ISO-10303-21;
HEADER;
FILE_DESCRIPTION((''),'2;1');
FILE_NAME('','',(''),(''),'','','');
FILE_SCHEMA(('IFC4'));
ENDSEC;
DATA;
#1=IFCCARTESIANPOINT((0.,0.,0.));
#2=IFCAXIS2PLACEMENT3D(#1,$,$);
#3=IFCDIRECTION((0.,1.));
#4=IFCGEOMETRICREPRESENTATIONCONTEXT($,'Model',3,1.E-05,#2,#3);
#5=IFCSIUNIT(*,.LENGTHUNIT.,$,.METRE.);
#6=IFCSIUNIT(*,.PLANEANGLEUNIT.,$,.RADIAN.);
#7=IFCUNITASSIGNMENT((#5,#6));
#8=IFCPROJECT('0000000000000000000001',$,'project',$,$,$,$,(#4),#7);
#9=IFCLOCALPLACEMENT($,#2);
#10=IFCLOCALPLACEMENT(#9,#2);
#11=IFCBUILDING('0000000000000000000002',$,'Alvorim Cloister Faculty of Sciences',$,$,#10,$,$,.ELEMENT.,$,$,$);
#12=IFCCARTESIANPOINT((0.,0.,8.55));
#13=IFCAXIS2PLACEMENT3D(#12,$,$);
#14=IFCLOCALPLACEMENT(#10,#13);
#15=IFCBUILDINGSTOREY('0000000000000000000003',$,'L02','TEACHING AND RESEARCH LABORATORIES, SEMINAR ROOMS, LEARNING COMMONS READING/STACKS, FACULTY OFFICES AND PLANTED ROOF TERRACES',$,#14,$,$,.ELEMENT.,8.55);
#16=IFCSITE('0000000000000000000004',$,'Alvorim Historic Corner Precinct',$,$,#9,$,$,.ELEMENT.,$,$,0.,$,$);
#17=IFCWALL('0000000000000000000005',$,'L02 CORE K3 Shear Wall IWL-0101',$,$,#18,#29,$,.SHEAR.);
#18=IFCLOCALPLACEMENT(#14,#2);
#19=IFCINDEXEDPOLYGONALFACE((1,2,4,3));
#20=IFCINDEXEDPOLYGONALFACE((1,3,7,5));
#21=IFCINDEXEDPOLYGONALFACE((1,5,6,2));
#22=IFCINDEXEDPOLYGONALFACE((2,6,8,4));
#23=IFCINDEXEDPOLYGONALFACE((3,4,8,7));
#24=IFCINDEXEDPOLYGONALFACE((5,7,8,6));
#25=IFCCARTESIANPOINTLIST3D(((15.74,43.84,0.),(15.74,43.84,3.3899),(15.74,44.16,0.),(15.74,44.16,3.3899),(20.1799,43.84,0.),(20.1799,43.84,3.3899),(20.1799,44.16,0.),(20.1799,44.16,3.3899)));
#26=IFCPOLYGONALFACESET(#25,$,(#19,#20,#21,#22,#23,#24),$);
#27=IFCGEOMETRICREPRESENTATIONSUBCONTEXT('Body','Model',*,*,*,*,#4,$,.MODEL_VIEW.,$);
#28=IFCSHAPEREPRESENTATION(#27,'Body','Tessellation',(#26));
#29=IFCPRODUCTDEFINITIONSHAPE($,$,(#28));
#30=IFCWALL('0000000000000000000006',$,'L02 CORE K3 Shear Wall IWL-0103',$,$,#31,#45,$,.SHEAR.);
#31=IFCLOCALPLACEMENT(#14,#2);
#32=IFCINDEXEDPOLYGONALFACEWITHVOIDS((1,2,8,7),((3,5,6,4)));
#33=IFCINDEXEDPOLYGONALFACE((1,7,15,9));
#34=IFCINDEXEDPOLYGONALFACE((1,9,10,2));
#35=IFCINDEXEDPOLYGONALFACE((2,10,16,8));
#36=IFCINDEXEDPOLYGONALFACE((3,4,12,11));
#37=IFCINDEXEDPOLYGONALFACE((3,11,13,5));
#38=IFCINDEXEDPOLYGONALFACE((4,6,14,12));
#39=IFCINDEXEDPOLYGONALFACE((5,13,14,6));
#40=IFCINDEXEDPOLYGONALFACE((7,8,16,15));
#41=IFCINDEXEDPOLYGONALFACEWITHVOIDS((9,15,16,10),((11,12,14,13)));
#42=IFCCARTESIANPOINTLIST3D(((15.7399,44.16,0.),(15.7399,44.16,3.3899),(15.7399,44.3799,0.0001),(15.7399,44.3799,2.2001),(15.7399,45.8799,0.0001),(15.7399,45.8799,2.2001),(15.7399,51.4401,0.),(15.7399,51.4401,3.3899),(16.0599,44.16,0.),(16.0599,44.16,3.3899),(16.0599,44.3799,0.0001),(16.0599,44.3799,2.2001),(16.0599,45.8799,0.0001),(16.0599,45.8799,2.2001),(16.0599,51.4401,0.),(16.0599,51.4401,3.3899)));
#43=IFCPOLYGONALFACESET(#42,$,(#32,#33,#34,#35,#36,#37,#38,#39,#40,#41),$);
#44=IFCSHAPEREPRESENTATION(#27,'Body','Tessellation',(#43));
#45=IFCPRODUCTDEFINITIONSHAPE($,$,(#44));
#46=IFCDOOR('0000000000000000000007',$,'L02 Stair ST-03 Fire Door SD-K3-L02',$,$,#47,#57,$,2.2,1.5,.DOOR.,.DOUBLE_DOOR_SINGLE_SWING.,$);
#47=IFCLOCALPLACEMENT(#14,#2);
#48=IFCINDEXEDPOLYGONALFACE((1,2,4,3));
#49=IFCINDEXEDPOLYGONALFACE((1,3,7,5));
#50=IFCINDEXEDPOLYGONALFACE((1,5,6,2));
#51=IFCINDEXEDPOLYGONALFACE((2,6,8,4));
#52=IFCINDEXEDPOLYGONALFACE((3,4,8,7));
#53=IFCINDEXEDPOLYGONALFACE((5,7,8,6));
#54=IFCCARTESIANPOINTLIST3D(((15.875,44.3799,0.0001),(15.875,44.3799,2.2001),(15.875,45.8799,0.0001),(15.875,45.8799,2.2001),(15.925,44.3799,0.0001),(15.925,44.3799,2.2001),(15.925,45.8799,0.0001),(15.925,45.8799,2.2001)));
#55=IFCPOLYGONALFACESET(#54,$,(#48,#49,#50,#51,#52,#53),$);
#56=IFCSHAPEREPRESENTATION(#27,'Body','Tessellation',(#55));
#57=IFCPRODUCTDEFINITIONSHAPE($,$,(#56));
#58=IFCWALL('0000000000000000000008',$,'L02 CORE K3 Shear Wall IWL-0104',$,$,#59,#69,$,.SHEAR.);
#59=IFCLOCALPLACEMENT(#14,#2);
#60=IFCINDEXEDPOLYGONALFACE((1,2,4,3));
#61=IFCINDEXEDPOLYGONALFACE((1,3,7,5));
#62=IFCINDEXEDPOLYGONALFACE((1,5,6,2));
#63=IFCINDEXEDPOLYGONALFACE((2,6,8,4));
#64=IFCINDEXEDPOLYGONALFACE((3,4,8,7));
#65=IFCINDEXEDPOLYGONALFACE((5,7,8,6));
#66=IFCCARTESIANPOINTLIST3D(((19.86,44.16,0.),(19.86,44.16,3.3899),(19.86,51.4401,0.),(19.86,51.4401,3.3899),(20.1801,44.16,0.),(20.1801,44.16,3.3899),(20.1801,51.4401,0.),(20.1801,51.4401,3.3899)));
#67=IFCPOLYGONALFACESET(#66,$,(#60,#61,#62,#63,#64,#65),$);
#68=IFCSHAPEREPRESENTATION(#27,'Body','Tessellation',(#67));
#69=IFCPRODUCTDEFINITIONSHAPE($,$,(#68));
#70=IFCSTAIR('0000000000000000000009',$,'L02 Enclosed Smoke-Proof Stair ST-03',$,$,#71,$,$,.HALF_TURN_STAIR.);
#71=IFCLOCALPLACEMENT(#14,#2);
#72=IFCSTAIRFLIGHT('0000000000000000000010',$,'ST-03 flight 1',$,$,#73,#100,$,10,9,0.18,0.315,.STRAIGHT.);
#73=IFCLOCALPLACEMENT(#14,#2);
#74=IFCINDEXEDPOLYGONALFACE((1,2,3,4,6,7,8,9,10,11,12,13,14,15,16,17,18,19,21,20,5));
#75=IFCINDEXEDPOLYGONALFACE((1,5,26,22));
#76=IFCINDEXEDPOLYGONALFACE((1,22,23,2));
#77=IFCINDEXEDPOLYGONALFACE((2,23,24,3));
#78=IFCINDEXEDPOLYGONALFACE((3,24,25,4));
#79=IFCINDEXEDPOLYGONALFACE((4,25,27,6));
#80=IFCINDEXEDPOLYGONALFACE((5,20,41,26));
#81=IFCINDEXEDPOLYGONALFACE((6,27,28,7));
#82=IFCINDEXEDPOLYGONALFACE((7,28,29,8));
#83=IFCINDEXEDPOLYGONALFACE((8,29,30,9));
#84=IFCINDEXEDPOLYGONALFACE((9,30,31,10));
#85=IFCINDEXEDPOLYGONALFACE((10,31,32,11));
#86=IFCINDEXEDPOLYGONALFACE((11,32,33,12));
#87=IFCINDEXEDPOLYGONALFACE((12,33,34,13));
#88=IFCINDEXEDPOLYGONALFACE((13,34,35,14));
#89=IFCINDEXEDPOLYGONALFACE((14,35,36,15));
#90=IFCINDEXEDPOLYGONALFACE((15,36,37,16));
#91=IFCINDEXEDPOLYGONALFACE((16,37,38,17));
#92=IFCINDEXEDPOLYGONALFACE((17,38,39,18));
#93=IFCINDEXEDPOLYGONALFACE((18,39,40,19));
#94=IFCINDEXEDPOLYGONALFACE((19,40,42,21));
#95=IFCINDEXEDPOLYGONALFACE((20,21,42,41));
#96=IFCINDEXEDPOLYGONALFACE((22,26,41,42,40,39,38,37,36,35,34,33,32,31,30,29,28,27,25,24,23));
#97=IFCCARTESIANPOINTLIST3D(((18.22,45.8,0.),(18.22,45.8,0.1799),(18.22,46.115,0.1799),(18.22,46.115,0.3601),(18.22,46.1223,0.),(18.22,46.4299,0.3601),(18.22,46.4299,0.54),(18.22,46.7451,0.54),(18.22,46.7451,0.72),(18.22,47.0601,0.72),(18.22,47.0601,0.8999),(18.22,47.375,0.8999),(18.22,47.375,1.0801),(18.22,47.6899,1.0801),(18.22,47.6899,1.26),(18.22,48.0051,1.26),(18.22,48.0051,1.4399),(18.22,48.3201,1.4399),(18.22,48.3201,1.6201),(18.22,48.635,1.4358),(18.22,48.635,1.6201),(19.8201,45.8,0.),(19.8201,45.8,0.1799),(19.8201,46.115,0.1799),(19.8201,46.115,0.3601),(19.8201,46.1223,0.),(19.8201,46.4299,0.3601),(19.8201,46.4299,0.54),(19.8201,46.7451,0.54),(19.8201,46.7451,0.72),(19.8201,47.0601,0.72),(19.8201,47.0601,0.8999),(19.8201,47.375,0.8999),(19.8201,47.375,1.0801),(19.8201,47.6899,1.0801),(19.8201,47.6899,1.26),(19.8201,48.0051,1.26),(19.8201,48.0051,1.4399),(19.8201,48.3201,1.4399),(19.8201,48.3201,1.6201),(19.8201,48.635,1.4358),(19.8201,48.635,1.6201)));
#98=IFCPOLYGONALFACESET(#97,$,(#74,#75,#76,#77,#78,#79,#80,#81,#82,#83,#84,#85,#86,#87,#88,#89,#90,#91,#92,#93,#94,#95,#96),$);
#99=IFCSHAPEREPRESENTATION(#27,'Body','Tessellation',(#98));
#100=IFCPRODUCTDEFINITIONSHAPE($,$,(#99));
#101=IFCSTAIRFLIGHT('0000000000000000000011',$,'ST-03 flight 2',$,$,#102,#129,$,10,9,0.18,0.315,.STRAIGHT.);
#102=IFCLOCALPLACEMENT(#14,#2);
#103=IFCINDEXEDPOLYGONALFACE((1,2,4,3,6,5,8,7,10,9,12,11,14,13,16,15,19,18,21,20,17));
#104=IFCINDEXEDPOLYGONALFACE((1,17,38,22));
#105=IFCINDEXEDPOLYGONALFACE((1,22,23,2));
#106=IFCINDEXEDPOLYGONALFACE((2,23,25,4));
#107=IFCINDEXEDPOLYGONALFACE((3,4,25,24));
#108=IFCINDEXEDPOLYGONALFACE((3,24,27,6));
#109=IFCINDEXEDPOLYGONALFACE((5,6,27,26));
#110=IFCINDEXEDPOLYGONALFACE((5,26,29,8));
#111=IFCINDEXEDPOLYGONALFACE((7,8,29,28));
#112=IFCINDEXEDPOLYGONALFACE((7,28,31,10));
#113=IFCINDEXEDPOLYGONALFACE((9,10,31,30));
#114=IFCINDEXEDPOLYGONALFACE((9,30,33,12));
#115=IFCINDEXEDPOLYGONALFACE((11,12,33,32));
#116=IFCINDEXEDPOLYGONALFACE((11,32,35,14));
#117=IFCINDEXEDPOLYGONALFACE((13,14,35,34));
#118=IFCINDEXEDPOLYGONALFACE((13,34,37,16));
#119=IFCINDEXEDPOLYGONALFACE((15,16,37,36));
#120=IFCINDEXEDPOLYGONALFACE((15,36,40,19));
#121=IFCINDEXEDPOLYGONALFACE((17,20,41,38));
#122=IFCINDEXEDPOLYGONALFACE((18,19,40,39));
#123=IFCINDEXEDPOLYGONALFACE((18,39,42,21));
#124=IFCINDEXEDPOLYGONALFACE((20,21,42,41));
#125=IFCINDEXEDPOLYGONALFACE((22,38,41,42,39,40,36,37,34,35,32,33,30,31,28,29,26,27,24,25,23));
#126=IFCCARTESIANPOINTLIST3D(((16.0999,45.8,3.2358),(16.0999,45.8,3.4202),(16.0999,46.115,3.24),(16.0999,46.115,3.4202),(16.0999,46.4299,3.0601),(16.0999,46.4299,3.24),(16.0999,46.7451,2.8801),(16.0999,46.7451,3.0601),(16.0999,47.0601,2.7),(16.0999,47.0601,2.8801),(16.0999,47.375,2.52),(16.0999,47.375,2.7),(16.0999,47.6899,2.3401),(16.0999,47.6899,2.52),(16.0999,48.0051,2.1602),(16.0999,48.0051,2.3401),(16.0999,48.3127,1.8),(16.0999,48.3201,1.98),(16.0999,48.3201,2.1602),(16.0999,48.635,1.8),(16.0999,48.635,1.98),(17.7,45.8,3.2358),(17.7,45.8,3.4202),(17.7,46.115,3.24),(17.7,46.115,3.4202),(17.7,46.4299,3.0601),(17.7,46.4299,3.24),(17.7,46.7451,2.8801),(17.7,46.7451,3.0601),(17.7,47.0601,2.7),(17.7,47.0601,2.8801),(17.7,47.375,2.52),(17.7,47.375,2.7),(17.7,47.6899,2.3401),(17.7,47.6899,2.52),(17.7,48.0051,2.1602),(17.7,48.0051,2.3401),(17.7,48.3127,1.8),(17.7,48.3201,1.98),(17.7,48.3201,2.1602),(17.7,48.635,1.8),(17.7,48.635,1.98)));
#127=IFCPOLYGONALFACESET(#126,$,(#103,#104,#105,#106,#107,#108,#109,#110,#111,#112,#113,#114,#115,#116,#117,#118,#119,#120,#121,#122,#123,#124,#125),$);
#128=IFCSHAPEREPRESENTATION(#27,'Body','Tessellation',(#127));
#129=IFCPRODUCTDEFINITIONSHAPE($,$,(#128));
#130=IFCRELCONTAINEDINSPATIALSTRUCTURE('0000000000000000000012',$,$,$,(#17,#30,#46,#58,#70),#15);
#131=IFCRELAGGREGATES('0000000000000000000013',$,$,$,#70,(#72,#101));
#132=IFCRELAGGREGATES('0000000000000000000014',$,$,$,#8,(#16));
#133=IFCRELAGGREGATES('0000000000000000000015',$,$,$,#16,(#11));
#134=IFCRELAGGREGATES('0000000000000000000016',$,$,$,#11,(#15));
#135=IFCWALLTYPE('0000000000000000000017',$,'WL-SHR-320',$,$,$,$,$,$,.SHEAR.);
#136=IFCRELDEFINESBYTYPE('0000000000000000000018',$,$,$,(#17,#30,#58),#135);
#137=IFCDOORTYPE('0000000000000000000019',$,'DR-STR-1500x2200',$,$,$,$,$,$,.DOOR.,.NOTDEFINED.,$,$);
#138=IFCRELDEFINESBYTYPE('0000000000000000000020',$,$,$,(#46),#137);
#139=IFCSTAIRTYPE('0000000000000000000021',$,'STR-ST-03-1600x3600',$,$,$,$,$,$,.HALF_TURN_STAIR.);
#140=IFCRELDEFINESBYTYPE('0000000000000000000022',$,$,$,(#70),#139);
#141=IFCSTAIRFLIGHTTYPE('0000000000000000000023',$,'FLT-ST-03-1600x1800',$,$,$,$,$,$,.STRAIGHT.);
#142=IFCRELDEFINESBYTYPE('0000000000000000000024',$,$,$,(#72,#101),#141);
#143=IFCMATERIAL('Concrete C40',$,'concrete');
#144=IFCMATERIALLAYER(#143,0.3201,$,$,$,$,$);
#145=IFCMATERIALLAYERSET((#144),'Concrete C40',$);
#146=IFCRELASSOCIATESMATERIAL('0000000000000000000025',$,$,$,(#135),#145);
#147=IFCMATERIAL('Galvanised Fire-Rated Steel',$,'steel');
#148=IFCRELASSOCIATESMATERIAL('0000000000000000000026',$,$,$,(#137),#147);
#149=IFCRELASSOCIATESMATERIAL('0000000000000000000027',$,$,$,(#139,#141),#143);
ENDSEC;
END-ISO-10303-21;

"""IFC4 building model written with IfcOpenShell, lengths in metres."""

from ifc_helpers import new_model, si_unit, direction, frame, frame_2d, origin, place, context, subcontext, project, spatial, polyline, rectangle, outline, extrude, material, layer, layer_set, type_object, element, fill, aggregate, save


model = new_model("IFC4")

# Units and contexts
model_context = context("Model", 3, precision=1e-05, world=origin(), true_north=direction((0.0, 1.0)))
body_context = subcontext(model_context, "Body", "Model", "MODEL_VIEW")
ifc_project = project(units=[si_unit("LENGTHUNIT", "METRE"), si_unit("PLANEANGLEUNIT", "RADIAN")], contexts=[model_context])

# Site, building, storey
site_placement = place(None, origin())
site = spatial("IfcSite", under=ifc_project, at=site_placement, Name="Alvorim Historic Corner Precinct", CompositionType="ELEMENT", RefElevation=0.0)
building_placement = place(site_placement, origin())
building = spatial("IfcBuilding", under=site, at=building_placement, Name="Alvorim Cloister Faculty of Sciences", CompositionType="ELEMENT")
storey_placement = place(building_placement, frame((0.0, 0.0, 8.55)))
storey = spatial("IfcBuildingStorey", under=building, at=storey_placement, Name="L02", Description="TEACHING AND RESEARCH LABORATORIES, SEMINAR ROOMS, LEARNING COMMONS READING/STACKS, FACULTY OFFICES AND PLANTED ROOF TERRACES", CompositionType="ELEMENT", Elevation=8.55)

# Shared definitions
ifc_material_1 = material(Name="Concrete C40", Category="concrete")

# Wall
ifc_layer_1 = layer(ifc_material_1, 0.3201)
ifc_layer_set_1 = layer_set([ifc_layer_1], Name="Concrete C40")
wall_type_1 = type_object("IfcWallType", Name="WL-SHR-320", PredefinedType="SHEAR", material=ifc_layer_set_1)
wall_1_placement = place(storey_placement, frame((15.74, 44.0, 0.0), z_axis=(0.0, 0.0, 1.0), x_axis=(1.0, 0.0, 0.0)))
element("IfcWall", 1, at=wall_1_placement, inside=storey, type_object=wall_type_1, Name="L02 CORE K3 Shear Wall IWL-0101", PredefinedType="SHEAR", context=body_context, shape_type="SweptSolid", body=[
    extrude(rectangle(XDim=4.4399, YDim=0.3201, at=frame_2d((2.22, 0.0))), origin(), (0.0, 0.0, 1.0), 3.3899),
])

# Wall, opening, door
wall_2_placement = place(storey_placement, frame((15.8999, 44.1599, 0.0), z_axis=(0.0, 0.0, 1.0), x_axis=(0.0, 1.0, 0.0)))
wall_2 = element("IfcWall", 2, at=wall_2_placement, inside=storey, type_object=wall_type_1, Name="L02 CORE K3 Shear Wall IWL-0103", PredefinedType="SHEAR", context=body_context, shape_type="SweptSolid", body=[
    extrude(rectangle(XDim=7.28, YDim=0.3201, at=frame_2d((3.6401, 0.0))), origin(), (0.0, 0.0, 1.0), 3.3899),
])
opening_1_placement = place(wall_2_placement, frame((0.22, 0.0, 0.0)))
opening_1 = element("IfcOpeningElement", 3, at=opening_1_placement, cuts=wall_2, PredefinedType="OPENING", context=body_context, shape_type="SweptSolid", body=[
    extrude(rectangle(XDim=1.5, YDim=2.2, at=frame_2d((0.75, 1.1001))), frame((0.0, 0.1719, 0.0), z_axis=(0.0, -1.0, 0.0), x_axis=(1.0, 0.0, 0.0)), (0.0, 0.0, 1.0), 0.344),
])
ifc_material_2 = material(Name="Galvanised Fire-Rated Steel", Category="steel")
door_type_1 = type_object("IfcDoorType", Name="DR-STR-1500x2200", OperationType="NOTDEFINED", PredefinedType="DOOR", material=ifc_material_2)
door_1_placement = place(opening_1_placement, origin())
door_1 = element("IfcDoor", 4, at=door_1_placement, inside=storey, type_object=door_type_1, Name="L02 Stair ST-03 Fire Door SD-K3-L02", OperationType="DOUBLE_DOOR_SINGLE_SWING", OverallHeight=2.2, OverallWidth=1.5, PredefinedType="DOOR", context=body_context, shape_type="SweptSolid", body=[
    extrude(rectangle(XDim=1.5, YDim=2.2, at=frame_2d((0.75, 1.1001))), frame((0.0, 0.0249, 0.0), z_axis=(0.0, -1.0, 0.0), x_axis=(1.0, 0.0, 0.0)), (0.0, 0.0, 1.0), 0.05),
])
fill(opening_1, door_1)

# Wall
wall_3_placement = place(storey_placement, frame((20.02, 44.1599, 0.0), z_axis=(0.0, 0.0, 1.0), x_axis=(0.0, 1.0, 0.0)))
element("IfcWall", 5, at=wall_3_placement, inside=storey, type_object=wall_type_1, Name="L02 CORE K3 Shear Wall IWL-0104", PredefinedType="SHEAR", context=body_context, shape_type="SweptSolid", body=[
    extrude(rectangle(XDim=7.28, YDim=0.3201, at=frame_2d((3.6401, 0.0))), origin(), (0.0, 0.0, 1.0), 3.3899),
])

# Stair, stair flights
stair_type = type_object("IfcStairType", Name="STR-ST-03-1600x3600", PredefinedType="HALF_TURN_STAIR", material=ifc_material_1)
stair_placement = place(storey_placement, origin())
stair = element("IfcStair", 6, at=stair_placement, inside=storey, type_object=stair_type, Name="L02 Enclosed Smoke-Proof Stair ST-03", PredefinedType="HALF_TURN_STAIR")
stair_flight_type = type_object("IfcStairFlightType", Name="FLT-ST-03-1600x1800", PredefinedType="STRAIGHT", material=ifc_material_1)
stair_flight_1_placement = place(storey_placement, frame((19.02, 45.8, 0.0), z_axis=(0.0, 0.0, 1.0), x_axis=(0.0, 1.0, 0.0)))
stair_flight_1 = element("IfcStairFlight", 7, at=stair_flight_1_placement, type_object=stair_flight_type, Name="ST-03 flight 1", NumberOfRisers=10, NumberOfTreads=9, PredefinedType="STRAIGHT", RiserHeight=0.18, TreadLength=0.315, context=body_context, shape_type="SweptSolid", body=[
    extrude(outline(polyline([(0.3223, 0.0), (2.835, 1.4358), (2.835, 1.8), (2.835, 1.6201), (2.52, 1.6201), (2.52, 1.4399), (2.2051, 1.4399), (2.2051, 1.26), (1.8899, 1.26), (1.8899, 1.0801), (1.575, 1.0801), (1.575, 0.8999), (1.26, 0.8999), (1.26, 0.72), (0.9451, 0.72), (0.9451, 0.54), (0.6299, 0.54), (0.6299, 0.3601), (0.3149, 0.3601), (0.3149, 0.1799), (0.0, 0.1799), (0.0, 0.0), (0.3223, 0.0)])), frame((0.0, 0.8, 0.0), z_axis=(0.0, -1.0, 0.0), x_axis=(1.0, 0.0, 0.0)), (0.0, 0.0, 1.0), 1.6001),
])
stair_flight_2_placement = place(storey_placement, frame((16.8999, 48.635, 1.8), z_axis=(0.0, 0.0, 1.0), x_axis=(0.0, -1.0, 0.0)))
stair_flight_2 = element("IfcStairFlight", 8, at=stair_flight_2_placement, type_object=stair_flight_type, Name="ST-03 flight 2", NumberOfRisers=10, NumberOfTreads=9, PredefinedType="STRAIGHT", RiserHeight=0.18, TreadLength=0.315, context=body_context, shape_type="SweptSolid", body=[
    extrude(outline(polyline([(0.3223, 0.0), (2.835, 1.4358), (2.835, 1.8), (2.835, 1.6201), (2.52, 1.6201), (2.52, 1.4399), (2.2051, 1.4399), (2.2051, 1.26), (1.8899, 1.26), (1.8899, 1.0801), (1.575, 1.0801), (1.575, 0.8999), (1.26, 0.8999), (1.26, 0.72), (0.9451, 0.72), (0.9451, 0.54), (0.6299, 0.54), (0.6299, 0.3601), (0.3149, 0.3601), (0.3149, 0.1799), (0.0, 0.1799), (0.0, 0.0), (0.3223, 0.0)])), frame((0.0, 0.8, 0.0), z_axis=(0.0, -1.0, 0.0), x_axis=(1.0, 0.0, 0.0)), (0.0, 0.0, 1.0), 1.6001),
])
aggregate(stair, [stair_flight_1, stair_flight_2])

save(model, "model.ifc")
